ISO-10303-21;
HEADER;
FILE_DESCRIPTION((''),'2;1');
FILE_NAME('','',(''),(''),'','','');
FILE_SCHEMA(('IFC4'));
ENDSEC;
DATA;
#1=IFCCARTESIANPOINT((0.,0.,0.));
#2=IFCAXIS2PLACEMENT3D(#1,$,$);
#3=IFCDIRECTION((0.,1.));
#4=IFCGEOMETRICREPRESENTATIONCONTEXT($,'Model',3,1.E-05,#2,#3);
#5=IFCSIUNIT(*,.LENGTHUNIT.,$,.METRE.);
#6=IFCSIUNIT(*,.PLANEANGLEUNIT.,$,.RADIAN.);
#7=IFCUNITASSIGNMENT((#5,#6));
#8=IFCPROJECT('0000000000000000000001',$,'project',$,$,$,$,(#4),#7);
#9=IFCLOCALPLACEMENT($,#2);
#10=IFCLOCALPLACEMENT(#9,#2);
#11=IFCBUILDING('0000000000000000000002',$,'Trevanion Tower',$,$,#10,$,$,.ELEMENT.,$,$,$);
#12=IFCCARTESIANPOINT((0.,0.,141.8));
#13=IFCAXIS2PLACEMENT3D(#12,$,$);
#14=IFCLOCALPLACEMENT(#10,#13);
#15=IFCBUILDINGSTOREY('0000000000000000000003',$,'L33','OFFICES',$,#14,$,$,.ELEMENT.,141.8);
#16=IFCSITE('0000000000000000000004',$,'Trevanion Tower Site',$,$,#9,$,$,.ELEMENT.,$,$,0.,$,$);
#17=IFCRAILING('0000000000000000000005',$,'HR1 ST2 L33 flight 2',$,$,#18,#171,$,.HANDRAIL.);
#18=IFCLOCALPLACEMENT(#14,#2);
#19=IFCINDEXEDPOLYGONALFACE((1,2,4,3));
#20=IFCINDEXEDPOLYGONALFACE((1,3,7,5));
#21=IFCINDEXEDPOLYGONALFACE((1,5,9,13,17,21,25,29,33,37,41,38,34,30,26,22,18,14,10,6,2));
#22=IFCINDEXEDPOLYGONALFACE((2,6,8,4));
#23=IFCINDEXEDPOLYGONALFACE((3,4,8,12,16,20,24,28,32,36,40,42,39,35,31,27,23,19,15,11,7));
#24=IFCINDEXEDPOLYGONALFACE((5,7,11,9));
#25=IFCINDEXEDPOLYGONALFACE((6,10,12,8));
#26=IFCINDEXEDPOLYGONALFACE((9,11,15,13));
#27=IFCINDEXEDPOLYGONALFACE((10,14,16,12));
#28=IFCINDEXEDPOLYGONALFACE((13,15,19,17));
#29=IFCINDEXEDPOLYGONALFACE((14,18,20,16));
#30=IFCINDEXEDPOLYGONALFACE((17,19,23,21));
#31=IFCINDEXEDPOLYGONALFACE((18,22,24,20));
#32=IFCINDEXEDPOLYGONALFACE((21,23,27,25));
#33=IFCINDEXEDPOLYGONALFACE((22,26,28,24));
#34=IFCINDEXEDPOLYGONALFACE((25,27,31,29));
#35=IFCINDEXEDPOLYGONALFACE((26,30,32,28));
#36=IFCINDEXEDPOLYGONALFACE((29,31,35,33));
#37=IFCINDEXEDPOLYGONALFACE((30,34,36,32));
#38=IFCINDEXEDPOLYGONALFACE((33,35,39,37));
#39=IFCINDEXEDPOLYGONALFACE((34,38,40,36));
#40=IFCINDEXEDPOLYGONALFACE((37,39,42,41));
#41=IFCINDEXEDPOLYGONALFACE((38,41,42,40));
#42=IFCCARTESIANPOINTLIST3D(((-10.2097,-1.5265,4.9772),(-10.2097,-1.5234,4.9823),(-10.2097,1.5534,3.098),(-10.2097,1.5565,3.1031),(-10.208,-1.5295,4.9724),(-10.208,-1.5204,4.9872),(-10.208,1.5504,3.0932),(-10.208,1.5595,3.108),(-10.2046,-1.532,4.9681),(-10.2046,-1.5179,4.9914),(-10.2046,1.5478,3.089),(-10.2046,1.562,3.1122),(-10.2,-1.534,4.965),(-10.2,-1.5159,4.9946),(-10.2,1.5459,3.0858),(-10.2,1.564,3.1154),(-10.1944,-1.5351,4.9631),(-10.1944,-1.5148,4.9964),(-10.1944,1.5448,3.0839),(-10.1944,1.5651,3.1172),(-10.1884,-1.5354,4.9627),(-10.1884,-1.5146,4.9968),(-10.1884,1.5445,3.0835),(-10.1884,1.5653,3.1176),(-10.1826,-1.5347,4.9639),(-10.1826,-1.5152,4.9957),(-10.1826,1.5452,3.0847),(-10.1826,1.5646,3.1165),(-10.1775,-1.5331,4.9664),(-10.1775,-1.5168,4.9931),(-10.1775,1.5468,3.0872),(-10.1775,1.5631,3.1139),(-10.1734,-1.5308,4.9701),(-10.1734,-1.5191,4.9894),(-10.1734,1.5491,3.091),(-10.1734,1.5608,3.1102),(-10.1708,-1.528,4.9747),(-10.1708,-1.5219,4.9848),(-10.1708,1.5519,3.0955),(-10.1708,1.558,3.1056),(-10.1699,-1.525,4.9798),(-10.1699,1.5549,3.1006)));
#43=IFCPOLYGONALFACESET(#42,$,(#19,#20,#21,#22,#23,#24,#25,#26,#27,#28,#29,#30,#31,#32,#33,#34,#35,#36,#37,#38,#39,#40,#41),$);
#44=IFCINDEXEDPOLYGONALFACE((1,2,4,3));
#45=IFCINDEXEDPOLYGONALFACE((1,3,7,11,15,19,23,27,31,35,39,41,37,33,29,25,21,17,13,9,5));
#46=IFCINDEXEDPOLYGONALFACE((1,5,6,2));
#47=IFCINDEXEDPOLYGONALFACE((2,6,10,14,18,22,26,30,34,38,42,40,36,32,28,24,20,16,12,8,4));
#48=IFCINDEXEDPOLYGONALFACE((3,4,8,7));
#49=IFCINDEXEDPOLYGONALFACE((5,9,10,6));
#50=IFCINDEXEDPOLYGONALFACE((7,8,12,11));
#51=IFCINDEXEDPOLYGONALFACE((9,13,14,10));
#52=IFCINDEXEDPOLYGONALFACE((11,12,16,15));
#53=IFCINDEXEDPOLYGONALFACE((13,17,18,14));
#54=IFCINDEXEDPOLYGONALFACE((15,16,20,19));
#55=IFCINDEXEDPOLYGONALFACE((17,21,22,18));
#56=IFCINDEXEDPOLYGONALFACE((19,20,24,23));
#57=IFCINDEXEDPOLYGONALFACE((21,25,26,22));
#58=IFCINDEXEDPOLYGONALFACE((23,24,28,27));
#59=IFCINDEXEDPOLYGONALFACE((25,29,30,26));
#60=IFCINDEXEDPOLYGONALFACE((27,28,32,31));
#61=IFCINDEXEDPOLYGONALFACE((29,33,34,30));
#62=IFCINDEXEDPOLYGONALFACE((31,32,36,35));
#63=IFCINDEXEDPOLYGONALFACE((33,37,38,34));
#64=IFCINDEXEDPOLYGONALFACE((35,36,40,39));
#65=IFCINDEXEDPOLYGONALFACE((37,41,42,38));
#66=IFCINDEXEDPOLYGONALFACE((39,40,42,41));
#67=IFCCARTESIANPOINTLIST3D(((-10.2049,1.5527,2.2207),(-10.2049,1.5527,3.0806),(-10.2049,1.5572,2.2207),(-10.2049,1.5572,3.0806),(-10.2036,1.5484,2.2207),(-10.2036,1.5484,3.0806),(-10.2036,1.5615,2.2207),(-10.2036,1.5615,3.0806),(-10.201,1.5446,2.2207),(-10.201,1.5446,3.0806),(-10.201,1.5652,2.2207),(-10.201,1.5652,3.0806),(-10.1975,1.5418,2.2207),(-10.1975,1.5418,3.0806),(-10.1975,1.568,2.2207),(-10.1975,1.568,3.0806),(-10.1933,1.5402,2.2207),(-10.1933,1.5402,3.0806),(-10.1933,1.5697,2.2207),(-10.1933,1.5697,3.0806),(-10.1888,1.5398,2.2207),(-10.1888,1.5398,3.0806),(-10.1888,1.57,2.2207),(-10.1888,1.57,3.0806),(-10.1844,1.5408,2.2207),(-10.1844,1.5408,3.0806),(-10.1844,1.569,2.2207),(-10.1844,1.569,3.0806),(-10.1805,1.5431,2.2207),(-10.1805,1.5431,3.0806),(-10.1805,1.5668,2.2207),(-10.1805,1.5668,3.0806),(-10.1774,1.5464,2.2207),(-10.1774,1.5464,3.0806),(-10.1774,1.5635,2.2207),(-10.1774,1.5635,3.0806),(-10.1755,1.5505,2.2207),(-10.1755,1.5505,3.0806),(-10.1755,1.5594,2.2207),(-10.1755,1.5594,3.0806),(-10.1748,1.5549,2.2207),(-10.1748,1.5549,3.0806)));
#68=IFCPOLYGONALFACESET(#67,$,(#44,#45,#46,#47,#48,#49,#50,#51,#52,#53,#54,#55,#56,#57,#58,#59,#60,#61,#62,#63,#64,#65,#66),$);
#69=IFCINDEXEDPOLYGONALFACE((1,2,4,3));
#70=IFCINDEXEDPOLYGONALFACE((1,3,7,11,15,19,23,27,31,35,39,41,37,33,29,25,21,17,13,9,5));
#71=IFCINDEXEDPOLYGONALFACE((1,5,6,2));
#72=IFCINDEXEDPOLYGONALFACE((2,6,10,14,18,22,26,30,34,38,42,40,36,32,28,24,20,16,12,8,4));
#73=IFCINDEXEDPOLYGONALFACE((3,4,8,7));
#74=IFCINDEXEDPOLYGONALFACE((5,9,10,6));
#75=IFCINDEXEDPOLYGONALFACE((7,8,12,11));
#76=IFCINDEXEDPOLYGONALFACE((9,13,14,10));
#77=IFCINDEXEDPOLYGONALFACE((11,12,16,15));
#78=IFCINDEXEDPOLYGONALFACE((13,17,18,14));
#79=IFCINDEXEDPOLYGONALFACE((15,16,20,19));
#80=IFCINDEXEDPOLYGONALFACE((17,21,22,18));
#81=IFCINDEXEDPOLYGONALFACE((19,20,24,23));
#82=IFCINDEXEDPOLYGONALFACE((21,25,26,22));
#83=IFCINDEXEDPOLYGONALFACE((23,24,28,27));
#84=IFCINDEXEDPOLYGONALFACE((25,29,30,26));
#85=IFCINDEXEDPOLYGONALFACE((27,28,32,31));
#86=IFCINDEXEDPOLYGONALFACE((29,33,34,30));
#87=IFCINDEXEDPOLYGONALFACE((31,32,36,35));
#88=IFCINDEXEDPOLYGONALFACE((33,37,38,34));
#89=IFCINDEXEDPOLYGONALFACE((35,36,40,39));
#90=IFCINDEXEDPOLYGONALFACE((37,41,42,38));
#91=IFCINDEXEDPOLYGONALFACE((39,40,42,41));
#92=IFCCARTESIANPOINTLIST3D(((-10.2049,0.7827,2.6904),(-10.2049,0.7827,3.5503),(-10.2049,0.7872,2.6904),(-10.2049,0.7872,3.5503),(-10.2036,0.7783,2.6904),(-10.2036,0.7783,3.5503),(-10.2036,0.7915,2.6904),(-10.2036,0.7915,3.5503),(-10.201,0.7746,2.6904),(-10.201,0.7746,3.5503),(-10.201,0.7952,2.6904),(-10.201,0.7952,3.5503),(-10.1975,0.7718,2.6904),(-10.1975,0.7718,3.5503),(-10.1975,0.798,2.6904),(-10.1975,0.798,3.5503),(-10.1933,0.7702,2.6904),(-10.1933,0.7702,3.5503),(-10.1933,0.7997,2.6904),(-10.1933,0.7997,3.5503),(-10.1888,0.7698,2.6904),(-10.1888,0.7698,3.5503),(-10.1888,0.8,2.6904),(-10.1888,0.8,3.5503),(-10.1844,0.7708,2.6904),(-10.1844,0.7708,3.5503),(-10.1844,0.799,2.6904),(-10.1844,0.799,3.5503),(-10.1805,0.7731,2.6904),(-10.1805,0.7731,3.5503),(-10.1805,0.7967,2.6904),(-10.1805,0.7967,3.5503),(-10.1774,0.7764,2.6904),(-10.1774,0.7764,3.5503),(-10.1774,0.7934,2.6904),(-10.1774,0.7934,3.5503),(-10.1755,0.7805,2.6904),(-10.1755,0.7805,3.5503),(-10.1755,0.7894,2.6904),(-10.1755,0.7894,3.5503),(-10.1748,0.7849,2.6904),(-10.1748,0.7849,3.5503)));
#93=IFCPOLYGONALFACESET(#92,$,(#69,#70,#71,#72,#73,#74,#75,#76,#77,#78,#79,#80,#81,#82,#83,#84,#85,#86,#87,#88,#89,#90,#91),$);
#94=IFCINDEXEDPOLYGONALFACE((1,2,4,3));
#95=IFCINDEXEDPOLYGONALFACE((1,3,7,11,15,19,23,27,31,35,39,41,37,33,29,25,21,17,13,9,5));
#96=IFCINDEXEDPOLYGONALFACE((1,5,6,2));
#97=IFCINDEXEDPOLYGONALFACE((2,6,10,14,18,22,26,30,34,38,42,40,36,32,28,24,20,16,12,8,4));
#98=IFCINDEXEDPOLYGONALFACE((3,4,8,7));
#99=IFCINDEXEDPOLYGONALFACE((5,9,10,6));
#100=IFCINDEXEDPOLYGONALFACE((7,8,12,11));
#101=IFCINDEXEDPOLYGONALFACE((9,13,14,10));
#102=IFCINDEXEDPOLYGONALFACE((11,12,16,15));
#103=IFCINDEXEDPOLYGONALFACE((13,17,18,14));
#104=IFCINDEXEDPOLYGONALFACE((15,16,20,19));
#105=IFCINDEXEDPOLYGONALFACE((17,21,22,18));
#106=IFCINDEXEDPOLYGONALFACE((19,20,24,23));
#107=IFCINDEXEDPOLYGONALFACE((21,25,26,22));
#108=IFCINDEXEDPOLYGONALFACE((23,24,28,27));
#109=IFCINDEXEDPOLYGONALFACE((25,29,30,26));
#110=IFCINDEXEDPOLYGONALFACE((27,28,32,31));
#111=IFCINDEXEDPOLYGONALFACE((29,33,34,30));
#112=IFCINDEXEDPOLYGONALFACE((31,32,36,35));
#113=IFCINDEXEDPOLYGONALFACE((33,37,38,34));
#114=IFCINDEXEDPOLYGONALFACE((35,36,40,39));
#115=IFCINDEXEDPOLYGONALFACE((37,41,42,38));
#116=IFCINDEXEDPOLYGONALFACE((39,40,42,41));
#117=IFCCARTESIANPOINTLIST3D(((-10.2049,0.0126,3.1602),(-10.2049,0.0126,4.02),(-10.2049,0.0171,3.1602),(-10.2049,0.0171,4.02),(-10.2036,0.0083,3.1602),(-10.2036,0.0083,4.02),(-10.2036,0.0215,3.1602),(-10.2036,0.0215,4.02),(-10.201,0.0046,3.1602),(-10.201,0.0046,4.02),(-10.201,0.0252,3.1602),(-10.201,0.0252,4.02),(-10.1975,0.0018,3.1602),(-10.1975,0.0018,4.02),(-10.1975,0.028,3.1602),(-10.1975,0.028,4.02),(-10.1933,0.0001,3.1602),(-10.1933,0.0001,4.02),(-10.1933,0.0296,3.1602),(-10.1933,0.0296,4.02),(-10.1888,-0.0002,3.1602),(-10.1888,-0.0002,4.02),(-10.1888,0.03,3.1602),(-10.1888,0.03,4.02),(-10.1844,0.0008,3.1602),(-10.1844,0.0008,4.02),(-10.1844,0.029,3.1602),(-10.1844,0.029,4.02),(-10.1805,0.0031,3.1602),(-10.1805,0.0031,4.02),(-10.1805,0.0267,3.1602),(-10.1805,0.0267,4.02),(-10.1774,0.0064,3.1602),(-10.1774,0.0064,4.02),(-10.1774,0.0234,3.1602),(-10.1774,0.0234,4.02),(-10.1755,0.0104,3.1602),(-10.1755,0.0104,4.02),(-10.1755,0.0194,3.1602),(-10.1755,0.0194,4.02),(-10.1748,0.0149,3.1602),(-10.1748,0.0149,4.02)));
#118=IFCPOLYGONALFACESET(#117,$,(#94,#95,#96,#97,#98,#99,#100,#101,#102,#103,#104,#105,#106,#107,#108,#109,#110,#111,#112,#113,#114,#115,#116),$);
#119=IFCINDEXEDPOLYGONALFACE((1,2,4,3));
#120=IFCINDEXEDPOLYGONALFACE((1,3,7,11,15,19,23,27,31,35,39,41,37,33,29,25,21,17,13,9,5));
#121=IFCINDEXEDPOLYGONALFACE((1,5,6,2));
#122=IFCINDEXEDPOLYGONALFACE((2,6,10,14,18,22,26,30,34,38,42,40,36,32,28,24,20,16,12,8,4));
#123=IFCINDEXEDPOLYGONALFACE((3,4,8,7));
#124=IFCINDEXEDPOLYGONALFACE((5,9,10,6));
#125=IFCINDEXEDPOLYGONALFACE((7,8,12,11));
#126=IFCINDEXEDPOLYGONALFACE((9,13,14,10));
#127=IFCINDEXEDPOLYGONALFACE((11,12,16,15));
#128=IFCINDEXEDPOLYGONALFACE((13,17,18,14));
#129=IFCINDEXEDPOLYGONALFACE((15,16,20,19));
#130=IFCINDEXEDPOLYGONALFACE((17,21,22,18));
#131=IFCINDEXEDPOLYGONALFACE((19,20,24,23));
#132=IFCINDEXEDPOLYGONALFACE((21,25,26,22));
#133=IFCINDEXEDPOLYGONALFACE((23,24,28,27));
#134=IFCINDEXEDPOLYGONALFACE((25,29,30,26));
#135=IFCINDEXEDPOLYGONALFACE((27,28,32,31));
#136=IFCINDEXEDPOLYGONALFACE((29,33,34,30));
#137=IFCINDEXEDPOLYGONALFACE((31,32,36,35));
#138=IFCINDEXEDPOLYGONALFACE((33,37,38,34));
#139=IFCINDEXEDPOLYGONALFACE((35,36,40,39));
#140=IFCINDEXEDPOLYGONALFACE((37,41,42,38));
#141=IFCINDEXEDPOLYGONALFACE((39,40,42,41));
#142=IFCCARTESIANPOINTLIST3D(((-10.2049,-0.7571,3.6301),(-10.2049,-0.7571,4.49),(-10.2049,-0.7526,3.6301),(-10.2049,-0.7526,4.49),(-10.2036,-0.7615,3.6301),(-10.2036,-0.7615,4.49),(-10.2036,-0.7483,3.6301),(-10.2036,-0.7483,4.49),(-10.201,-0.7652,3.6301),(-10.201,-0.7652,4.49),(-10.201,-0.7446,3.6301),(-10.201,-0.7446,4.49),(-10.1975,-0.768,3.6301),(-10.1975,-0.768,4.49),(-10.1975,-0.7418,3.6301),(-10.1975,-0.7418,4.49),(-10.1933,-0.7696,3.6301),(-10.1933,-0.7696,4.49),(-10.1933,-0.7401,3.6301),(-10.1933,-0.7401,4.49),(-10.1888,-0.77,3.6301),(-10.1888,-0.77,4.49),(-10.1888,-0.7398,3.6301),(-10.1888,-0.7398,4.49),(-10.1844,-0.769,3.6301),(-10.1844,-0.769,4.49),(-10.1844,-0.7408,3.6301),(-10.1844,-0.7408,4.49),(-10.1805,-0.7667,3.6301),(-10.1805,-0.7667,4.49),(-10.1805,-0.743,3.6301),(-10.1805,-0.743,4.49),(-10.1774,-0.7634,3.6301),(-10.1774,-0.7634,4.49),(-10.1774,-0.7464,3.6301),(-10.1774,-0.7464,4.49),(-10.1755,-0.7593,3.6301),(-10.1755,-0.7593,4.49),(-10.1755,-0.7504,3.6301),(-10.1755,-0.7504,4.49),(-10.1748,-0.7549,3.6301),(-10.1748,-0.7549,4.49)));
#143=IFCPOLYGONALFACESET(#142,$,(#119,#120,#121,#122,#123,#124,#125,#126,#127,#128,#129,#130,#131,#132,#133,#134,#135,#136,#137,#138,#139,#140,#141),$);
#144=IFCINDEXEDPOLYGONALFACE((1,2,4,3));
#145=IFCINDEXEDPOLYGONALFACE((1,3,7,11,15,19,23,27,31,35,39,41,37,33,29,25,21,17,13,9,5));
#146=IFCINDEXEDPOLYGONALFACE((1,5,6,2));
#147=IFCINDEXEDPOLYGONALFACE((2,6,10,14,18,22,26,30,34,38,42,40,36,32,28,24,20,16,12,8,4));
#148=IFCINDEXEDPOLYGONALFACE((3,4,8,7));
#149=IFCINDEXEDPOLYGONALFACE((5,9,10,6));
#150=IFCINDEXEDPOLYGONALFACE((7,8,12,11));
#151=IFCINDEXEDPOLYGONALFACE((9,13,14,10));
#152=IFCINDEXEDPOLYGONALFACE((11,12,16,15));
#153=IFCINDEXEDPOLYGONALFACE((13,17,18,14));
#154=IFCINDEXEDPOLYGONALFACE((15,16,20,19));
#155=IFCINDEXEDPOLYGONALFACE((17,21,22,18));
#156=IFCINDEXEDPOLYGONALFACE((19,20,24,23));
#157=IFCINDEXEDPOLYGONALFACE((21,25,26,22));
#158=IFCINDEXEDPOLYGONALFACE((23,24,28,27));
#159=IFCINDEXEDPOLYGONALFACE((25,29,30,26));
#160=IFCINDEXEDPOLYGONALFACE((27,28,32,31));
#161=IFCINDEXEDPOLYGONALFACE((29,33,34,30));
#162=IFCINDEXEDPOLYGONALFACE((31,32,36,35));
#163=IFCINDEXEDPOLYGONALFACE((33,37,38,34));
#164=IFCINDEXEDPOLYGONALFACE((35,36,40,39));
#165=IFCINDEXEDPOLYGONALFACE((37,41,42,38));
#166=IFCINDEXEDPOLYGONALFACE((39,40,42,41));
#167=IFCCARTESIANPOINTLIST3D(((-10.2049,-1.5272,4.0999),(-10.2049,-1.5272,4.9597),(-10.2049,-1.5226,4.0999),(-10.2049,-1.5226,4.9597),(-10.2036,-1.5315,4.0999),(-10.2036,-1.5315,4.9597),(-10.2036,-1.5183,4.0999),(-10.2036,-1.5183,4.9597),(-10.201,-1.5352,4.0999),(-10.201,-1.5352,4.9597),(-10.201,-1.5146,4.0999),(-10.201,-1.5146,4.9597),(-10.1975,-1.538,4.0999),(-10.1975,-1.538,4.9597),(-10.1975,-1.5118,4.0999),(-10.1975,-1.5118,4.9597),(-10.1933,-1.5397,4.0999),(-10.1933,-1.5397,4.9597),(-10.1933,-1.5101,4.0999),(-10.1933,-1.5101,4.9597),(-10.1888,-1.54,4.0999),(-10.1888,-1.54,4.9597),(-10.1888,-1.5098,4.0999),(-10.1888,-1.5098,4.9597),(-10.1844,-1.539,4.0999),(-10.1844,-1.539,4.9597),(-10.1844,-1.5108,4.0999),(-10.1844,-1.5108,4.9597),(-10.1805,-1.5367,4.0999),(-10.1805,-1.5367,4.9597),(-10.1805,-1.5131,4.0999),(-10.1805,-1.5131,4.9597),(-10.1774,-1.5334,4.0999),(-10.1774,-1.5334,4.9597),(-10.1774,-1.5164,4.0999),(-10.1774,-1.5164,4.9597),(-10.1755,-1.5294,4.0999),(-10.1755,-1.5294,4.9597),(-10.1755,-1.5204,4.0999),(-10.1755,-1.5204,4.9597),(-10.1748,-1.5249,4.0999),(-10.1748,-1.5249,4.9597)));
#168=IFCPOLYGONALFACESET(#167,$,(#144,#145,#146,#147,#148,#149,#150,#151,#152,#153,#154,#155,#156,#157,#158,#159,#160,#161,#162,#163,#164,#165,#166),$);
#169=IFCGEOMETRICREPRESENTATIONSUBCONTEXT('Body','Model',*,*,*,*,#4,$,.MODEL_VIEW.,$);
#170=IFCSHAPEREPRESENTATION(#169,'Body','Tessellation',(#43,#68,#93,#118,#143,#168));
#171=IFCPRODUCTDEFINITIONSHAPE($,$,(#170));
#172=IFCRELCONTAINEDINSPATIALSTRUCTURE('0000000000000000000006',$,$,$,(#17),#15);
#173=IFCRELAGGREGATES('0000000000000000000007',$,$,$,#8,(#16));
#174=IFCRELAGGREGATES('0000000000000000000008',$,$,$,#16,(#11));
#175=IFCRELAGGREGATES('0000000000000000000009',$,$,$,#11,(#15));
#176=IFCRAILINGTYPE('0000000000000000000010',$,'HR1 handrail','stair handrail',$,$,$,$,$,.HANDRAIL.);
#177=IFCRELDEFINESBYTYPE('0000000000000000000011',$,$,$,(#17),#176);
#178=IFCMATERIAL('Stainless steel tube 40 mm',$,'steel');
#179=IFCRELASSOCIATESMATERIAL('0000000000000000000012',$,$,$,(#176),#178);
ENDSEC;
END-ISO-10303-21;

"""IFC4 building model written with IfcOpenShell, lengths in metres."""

from ifc_helpers import new_model, si_unit, direction, frame, origin, origin_2d, place, context, subcontext, project, spatial, circle, extrude, material, type_object, element, save


model = new_model("IFC4")

# Units and contexts
model_context = context("Model", 3, precision=1e-05, world=origin(), true_north=direction((0.0, 1.0)))
body_context = subcontext(model_context, "Body", "Model", "MODEL_VIEW")
ifc_project = project(units=[si_unit("LENGTHUNIT", "METRE"), si_unit("PLANEANGLEUNIT", "RADIAN")], contexts=[model_context])

# Site, building, storey
site_placement = place(None, origin())
site = spatial("IfcSite", under=ifc_project, at=site_placement, Name="Trevanion Tower Site", CompositionType="ELEMENT", RefElevation=0.0)
building_placement = place(site_placement, origin())
building = spatial("IfcBuilding", under=site, at=building_placement, Name="Trevanion Tower", CompositionType="ELEMENT")
storey_placement = place(building_placement, frame((0.0, 0.0, 141.8)))
storey = spatial("IfcBuildingStorey", under=building, at=storey_placement, Name="L33", Description="OFFICES", CompositionType="ELEMENT", Elevation=141.8)

# Railing
ifc_material_1 = material(Name="Stainless steel tube 40 mm", Category="steel")
railing_type = type_object("IfcRailingType", Name="HR1 handrail", Description="stair handrail", PredefinedType="HANDRAIL", material=ifc_material_1)
for number, where, name in (
    (1, (-10.1899, 1.5549, 2.2207), "HR1 ST2 L33 flight 2"),
):
    element("IfcRailing", number, at=place(storey_placement, frame(where)), inside=storey, type_object=railing_type, Name=name, PredefinedType="HANDRAIL", context=body_context, shape_type="SweptSolid", body=[
        extrude(circle(Radius=0.02, at=origin_2d()), frame((0.0, 0.0, 0.8799), z_axis=(0.0, -0.853648, 0.52085), x_axis=(1.0, 0.0, 0.0)), (0.0, 0.0, 1.0), 3.6079),
        extrude(circle(Radius=0.0151, at=origin_2d()), origin(), (0.0, 0.0, 1.0), 0.8599),
        extrude(circle(Radius=0.0151, at=origin_2d()), frame((0.0, -0.77, 0.4697)), (0.0, 0.0, 1.0), 0.8599),
        extrude(circle(Radius=0.0151, at=origin_2d()), frame((0.0, -1.54, 0.9395)), (0.0, 0.0, 1.0), 0.8599),
        extrude(circle(Radius=0.0151, at=origin_2d()), frame((0.0, -2.3098, 1.4094)), (0.0, 0.0, 1.0), 0.8599),
        extrude(circle(Radius=0.0151, at=origin_2d()), frame((0.0, -3.0798, 1.8792)), (0.0, 0.0, 1.0), 0.8599),
    ])

save(model, "model.ifc")
